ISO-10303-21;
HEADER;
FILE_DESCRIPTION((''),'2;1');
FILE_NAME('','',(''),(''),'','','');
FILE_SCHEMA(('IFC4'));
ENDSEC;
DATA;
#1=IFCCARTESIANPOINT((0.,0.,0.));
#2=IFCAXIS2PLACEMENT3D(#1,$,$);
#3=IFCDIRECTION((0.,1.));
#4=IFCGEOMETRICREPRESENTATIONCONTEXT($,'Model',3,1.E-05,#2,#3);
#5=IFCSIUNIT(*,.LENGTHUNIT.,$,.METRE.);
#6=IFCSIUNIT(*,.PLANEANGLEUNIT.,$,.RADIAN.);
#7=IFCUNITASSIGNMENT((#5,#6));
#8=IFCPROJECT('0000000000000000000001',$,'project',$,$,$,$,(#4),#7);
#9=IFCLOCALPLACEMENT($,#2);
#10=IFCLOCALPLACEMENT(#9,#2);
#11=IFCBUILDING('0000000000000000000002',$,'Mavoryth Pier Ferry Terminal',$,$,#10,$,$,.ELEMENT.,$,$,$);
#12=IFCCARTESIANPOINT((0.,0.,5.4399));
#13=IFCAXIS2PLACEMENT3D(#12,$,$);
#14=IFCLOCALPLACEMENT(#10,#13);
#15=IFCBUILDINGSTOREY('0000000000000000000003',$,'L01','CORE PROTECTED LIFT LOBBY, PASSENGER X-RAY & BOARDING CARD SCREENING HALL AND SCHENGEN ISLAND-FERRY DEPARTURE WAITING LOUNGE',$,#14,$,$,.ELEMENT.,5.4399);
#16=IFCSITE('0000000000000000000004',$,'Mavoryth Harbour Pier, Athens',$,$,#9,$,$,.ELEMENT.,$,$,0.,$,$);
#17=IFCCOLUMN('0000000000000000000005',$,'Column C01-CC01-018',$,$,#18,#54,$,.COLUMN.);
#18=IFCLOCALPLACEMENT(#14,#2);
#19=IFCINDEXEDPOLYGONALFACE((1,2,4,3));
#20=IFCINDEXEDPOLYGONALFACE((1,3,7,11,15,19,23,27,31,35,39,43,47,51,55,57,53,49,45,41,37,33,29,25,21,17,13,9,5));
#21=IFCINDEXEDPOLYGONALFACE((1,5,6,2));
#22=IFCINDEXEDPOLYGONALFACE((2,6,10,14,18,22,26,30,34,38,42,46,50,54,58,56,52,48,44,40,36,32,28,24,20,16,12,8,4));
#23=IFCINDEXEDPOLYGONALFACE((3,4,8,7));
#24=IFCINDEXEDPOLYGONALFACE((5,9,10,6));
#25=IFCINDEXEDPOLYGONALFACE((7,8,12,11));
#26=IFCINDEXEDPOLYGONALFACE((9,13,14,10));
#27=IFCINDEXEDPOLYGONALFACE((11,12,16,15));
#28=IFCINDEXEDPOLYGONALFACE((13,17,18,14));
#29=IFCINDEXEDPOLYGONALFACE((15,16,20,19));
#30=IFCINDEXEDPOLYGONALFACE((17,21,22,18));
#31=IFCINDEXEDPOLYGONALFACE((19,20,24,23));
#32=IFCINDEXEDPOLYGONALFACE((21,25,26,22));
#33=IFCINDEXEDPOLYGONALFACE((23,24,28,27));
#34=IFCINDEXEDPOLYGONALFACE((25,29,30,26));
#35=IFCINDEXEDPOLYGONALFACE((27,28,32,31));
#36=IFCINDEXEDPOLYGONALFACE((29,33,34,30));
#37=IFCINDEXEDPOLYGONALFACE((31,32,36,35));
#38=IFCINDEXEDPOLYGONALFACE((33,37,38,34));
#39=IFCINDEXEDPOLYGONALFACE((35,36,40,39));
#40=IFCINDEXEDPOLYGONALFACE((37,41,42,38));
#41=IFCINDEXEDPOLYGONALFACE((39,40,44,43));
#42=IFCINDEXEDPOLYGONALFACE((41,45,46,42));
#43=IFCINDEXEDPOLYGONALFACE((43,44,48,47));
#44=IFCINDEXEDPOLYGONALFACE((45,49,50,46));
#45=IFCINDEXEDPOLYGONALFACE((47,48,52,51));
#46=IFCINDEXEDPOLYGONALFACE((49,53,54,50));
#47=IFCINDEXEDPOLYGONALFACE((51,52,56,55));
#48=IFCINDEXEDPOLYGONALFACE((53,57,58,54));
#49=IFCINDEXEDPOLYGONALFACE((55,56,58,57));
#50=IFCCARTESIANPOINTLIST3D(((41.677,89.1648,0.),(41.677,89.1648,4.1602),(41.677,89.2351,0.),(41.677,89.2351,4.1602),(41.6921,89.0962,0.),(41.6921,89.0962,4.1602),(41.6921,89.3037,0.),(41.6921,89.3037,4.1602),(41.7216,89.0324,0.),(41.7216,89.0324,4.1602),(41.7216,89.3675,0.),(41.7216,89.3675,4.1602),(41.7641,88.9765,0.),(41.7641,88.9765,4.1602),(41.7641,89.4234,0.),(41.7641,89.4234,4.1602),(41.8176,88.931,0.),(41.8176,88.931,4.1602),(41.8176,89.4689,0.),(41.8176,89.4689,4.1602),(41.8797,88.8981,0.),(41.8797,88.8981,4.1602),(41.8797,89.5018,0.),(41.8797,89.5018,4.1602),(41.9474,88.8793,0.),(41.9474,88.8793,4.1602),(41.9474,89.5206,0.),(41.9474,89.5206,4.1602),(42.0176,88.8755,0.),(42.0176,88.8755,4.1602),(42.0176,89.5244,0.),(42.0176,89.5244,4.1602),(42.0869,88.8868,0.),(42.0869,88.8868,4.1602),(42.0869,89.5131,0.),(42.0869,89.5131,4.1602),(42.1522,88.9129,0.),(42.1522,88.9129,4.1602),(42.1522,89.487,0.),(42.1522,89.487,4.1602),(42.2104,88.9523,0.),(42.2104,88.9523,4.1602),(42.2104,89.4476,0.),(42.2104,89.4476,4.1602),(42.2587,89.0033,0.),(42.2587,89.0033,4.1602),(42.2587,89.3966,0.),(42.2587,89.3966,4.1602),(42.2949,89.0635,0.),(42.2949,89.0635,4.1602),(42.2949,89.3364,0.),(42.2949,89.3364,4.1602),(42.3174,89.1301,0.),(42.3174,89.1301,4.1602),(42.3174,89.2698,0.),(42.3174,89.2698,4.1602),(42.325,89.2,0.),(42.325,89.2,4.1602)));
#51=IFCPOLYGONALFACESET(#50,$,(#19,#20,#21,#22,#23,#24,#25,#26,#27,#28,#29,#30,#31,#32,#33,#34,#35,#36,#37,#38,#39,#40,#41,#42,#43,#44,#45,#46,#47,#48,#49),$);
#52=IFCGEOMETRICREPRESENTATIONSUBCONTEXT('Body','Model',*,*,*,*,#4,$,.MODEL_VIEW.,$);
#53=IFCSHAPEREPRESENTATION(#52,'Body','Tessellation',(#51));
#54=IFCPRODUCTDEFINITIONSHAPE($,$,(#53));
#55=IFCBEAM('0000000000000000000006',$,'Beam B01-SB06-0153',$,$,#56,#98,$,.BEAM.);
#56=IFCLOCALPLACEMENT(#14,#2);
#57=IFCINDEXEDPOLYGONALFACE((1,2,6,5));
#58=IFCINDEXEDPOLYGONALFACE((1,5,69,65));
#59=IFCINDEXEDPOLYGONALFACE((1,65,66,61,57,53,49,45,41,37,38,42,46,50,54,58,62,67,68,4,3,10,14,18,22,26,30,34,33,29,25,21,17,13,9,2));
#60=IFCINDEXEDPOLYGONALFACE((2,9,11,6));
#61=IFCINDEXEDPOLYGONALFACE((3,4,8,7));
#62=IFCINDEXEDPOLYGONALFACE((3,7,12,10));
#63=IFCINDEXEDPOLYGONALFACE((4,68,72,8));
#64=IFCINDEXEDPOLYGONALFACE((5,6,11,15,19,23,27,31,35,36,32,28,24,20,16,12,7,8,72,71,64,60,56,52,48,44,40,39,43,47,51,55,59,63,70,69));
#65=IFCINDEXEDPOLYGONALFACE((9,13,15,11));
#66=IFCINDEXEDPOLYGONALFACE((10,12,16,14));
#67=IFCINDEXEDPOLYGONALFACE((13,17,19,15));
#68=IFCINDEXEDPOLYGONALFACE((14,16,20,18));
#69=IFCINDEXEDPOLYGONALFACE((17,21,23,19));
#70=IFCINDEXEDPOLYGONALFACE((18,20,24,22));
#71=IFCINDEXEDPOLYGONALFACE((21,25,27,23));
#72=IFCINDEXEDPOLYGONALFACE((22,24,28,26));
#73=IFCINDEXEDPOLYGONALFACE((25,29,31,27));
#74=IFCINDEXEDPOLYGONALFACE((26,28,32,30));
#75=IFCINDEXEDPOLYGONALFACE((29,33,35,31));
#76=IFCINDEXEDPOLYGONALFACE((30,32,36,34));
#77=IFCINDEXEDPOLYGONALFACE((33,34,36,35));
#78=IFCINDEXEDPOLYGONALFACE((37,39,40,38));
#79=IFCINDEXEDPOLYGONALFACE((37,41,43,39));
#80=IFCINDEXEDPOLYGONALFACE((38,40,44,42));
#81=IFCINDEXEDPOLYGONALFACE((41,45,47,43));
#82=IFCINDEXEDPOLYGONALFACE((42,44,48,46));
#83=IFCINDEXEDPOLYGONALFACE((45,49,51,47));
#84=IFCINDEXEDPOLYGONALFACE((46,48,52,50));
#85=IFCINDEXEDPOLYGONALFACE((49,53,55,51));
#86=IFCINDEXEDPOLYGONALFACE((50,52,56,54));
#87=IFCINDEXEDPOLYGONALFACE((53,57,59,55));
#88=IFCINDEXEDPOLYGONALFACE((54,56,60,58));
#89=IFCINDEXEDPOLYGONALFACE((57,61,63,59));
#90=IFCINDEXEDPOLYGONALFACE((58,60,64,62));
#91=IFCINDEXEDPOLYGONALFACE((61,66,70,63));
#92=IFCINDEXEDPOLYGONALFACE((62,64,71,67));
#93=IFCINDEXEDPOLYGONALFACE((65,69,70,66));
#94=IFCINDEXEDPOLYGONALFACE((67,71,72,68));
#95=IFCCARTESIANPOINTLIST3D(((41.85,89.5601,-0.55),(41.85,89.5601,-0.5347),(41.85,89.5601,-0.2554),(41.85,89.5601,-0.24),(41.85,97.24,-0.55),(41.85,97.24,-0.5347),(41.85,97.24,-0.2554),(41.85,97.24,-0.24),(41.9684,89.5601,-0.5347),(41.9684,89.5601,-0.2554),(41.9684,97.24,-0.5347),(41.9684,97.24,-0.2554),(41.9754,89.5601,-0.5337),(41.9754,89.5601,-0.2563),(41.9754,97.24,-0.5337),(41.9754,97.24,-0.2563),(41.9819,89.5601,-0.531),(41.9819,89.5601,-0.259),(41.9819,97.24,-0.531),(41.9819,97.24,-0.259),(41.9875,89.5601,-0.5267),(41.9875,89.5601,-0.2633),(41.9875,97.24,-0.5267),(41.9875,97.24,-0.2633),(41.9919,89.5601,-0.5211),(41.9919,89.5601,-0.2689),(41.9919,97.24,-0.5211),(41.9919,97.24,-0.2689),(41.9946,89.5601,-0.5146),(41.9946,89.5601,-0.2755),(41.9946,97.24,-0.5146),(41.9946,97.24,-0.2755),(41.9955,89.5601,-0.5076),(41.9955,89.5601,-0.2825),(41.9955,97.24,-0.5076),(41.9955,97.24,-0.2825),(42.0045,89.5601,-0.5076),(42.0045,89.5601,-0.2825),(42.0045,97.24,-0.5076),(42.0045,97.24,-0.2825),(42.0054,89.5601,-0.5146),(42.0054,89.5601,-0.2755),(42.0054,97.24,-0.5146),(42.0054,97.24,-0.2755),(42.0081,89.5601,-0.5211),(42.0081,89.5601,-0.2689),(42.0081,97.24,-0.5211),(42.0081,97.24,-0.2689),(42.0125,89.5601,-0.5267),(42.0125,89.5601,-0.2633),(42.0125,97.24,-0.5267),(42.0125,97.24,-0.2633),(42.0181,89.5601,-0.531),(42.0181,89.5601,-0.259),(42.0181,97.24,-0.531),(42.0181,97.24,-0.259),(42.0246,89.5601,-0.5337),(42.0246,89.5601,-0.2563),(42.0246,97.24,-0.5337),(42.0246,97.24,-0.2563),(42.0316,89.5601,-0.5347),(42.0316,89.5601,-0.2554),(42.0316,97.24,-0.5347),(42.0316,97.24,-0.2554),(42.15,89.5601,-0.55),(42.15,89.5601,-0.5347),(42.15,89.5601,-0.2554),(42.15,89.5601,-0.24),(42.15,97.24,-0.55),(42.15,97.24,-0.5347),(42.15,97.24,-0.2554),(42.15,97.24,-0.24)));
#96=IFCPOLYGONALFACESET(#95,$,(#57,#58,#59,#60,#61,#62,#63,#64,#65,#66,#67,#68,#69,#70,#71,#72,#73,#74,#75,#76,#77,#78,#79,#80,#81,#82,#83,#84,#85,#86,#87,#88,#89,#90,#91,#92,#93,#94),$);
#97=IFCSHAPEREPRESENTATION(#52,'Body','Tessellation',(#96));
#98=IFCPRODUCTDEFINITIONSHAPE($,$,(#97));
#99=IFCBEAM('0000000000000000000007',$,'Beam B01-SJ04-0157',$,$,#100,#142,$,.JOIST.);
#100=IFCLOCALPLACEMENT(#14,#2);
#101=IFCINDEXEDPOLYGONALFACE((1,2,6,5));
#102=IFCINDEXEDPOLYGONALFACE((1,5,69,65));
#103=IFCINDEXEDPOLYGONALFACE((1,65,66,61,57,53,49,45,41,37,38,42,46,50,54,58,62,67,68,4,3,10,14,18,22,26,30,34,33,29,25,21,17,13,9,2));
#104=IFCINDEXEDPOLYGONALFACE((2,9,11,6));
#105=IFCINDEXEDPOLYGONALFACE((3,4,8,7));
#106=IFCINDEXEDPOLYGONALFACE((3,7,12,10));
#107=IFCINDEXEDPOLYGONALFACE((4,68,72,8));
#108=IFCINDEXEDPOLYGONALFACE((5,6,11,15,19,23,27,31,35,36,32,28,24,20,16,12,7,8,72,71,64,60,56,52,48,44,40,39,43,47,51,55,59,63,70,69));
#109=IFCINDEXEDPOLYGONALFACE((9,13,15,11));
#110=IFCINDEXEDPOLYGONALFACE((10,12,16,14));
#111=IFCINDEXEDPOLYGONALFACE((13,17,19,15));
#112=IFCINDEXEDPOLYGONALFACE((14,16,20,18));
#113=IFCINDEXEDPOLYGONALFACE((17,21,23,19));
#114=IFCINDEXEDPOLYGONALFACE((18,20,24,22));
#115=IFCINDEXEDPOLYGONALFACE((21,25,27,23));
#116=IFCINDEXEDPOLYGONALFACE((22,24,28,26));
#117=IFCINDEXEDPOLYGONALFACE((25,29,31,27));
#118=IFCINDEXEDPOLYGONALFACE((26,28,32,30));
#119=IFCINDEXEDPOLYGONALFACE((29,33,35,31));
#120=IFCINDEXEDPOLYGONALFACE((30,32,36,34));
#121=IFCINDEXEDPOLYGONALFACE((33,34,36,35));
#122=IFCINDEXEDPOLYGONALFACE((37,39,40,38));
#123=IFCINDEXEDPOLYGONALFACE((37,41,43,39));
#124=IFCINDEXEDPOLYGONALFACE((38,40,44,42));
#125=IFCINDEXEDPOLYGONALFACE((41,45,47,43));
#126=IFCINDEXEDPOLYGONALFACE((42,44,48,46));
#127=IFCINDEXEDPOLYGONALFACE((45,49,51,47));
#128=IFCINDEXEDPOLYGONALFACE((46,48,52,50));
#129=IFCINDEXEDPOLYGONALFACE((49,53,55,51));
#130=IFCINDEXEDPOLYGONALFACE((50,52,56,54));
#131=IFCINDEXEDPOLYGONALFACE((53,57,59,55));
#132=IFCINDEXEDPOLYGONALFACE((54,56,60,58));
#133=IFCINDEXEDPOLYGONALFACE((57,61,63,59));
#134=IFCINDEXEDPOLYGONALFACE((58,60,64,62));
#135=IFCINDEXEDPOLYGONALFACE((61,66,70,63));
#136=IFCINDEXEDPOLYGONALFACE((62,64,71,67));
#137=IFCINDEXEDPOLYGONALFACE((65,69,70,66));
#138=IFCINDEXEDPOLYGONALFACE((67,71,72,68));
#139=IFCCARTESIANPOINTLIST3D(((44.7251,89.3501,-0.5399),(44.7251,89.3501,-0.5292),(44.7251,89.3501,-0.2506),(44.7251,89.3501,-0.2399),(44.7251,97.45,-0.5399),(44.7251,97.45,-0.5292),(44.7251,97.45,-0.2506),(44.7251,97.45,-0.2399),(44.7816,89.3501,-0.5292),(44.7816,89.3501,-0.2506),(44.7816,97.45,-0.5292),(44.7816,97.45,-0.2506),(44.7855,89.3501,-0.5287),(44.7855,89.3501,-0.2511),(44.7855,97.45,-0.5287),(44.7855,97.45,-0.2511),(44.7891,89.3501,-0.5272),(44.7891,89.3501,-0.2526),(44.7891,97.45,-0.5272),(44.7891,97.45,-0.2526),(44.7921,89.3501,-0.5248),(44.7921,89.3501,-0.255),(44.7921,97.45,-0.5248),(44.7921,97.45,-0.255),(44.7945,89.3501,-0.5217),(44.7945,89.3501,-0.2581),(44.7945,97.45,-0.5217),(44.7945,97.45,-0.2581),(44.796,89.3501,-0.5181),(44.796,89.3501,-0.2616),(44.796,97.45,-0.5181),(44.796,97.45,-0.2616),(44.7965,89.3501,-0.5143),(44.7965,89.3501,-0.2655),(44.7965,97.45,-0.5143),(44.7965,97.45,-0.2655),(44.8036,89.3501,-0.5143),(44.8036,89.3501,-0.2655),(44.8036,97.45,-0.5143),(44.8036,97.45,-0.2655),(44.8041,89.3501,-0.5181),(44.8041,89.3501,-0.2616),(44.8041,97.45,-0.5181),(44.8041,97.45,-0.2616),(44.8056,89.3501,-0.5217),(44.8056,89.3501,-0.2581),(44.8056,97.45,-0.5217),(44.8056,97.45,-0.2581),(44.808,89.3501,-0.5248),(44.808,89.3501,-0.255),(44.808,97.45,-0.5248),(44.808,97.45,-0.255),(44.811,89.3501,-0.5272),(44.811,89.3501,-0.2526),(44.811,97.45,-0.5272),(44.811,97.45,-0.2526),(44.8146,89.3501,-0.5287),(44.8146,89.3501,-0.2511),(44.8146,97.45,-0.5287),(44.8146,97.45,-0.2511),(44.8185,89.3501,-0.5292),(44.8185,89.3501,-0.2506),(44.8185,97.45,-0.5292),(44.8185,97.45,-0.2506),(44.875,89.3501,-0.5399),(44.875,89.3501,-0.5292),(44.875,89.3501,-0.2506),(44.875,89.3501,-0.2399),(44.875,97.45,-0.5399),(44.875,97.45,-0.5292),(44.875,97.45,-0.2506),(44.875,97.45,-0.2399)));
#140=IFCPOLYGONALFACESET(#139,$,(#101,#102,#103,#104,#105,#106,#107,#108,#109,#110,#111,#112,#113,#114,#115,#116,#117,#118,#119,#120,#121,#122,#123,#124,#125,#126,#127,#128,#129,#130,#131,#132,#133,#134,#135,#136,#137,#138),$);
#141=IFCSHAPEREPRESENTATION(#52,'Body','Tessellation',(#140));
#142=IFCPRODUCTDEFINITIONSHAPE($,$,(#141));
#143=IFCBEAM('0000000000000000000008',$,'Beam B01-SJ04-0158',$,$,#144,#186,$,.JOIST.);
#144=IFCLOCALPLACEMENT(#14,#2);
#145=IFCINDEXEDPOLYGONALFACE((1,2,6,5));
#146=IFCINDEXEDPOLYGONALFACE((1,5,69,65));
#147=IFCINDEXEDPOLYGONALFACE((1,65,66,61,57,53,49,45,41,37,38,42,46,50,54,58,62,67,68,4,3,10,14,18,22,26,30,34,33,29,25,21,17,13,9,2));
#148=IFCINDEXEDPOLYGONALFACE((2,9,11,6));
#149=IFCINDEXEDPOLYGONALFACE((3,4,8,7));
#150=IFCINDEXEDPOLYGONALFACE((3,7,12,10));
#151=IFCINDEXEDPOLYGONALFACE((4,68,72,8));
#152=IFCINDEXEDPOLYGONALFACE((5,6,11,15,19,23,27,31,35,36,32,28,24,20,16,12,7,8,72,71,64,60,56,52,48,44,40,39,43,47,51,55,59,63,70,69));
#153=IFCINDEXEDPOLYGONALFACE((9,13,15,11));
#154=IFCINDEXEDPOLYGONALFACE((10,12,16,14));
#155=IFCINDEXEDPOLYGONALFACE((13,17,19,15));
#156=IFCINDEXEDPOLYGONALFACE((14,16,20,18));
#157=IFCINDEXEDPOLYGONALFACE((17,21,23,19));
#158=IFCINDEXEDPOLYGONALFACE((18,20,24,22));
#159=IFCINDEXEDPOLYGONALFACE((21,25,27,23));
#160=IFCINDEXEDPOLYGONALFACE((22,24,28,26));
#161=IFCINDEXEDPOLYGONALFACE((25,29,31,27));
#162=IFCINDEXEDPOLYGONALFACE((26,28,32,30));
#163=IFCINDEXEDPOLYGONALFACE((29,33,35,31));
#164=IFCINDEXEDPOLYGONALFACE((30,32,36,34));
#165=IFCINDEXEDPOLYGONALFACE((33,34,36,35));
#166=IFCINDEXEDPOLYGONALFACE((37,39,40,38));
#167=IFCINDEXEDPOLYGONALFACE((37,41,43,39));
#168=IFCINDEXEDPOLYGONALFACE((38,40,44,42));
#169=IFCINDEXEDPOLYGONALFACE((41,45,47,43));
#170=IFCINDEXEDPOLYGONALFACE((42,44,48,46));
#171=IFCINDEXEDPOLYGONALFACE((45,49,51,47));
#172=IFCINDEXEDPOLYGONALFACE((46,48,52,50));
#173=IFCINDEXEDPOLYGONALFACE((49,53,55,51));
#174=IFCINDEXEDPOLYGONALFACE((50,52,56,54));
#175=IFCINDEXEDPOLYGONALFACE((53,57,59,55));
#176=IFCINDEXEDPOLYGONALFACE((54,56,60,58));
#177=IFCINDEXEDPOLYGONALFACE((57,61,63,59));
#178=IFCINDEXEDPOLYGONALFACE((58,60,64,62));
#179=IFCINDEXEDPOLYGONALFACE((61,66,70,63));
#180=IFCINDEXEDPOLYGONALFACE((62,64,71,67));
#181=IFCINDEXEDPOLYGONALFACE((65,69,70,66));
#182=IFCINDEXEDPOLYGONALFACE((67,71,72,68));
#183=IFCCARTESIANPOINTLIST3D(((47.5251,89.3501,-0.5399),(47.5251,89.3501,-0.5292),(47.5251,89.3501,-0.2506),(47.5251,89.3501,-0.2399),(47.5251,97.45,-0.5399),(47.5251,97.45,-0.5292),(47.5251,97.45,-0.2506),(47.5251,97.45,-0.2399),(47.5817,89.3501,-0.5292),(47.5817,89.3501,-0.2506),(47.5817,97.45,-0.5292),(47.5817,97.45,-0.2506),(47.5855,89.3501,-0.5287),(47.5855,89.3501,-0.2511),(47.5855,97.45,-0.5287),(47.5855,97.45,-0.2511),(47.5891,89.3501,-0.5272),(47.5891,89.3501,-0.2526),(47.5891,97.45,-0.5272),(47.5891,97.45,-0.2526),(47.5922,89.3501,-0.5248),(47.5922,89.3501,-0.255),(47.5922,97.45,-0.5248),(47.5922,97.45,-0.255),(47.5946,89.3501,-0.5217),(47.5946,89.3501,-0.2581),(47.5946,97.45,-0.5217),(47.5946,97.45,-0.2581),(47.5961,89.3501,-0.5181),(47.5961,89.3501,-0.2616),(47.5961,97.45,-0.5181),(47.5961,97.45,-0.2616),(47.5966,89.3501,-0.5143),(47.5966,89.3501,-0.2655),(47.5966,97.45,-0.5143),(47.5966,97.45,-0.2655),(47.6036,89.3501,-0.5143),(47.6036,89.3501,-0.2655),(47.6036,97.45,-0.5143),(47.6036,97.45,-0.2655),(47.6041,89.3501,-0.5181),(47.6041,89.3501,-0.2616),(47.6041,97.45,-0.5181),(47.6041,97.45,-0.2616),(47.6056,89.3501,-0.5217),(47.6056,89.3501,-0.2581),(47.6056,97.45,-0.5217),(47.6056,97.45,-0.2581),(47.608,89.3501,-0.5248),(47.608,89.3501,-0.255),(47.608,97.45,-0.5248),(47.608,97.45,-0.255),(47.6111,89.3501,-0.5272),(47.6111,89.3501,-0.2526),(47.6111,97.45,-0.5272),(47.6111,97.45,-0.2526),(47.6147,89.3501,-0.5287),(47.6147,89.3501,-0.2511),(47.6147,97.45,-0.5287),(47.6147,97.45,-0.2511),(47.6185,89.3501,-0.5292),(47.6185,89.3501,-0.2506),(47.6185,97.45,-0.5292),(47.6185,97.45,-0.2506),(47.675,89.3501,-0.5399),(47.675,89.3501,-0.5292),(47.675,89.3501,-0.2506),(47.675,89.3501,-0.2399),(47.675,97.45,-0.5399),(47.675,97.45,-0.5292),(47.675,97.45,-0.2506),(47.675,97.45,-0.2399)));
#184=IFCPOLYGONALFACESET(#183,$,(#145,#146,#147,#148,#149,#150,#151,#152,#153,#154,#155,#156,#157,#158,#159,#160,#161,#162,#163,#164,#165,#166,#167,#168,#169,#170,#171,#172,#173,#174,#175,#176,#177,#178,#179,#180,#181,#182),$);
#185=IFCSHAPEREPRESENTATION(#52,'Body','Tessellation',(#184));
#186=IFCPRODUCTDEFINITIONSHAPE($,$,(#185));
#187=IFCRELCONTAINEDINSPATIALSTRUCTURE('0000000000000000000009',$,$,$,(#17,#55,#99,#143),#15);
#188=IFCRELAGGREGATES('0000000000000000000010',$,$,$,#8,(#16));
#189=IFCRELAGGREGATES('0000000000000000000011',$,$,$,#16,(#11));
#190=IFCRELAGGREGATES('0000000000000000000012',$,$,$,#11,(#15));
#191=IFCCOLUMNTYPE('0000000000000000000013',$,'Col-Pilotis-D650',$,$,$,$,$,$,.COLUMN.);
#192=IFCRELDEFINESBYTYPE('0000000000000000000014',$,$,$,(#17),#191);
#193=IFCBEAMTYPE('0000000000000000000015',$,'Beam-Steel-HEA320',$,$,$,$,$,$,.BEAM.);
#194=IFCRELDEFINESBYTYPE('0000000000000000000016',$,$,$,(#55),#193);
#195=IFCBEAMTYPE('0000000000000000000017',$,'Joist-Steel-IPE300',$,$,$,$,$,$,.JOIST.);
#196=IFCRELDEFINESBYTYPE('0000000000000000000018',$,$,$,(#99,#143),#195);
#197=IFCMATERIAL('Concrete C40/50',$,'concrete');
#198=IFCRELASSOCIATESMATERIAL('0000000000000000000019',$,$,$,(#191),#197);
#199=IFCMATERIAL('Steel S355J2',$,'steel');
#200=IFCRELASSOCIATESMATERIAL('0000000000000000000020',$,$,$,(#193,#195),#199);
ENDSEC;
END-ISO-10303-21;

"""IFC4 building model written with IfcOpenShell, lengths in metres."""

from ifc_helpers import new_model, si_unit, direction, frame, origin, origin_2d, place, context, subcontext, project, spatial, circle, i_section, extrude, material, material_profile, profile_set, type_object, element, save


model = new_model("IFC4")

# Units and contexts
model_context = context("Model", 3, precision=1e-05, world=origin(), true_north=direction((0.0, 1.0)))
body_context = subcontext(model_context, "Body", "Model", "MODEL_VIEW")
ifc_project = project(units=[si_unit("LENGTHUNIT", "METRE"), si_unit("PLANEANGLEUNIT", "RADIAN")], contexts=[model_context])

# Site, building, storey
site_placement = place(None, origin())
site = spatial("IfcSite", under=ifc_project, at=site_placement, Name="Mavoryth Harbour Pier, Athens", CompositionType="ELEMENT", RefElevation=0.0)
building_placement = place(site_placement, origin())
building = spatial("IfcBuilding", under=site, at=building_placement, Name="Mavoryth Pier Ferry Terminal", CompositionType="ELEMENT")
storey_placement = place(building_placement, frame((0.0, 0.0, 5.4399)))
storey = spatial("IfcBuildingStorey", under=building, at=storey_placement, Name="L01", Description="CORE PROTECTED LIFT LOBBY, PASSENGER X-RAY & BOARDING CARD SCREENING HALL AND SCHENGEN ISLAND-FERRY DEPARTURE WAITING LOUNGE", CompositionType="ELEMENT", Elevation=5.4399)

# Column
ifc_material_1 = material(Name="Concrete C40/50", Category="concrete")
ifc_material_profile_1 = material_profile(ifc_material_1, circle(Radius=0.325, at=origin_2d()), Name="RC D650", Category="concrete")
ifc_profile_set_1 = profile_set([ifc_material_profile_1], Name="Concrete C40/50 - RC D650")
column_type = type_object("IfcColumnType", Name="Col-Pilotis-D650", PredefinedType="COLUMN", material=ifc_profile_set_1)
column_placement = place(storey_placement, frame((42.0, 89.2, 0.0), z_axis=(0.0, 0.0, 1.0), x_axis=(1.0, 0.0, 0.0)))
element("IfcColumn", 1, at=column_placement, inside=storey, type_object=column_type, Name="Column C01-CC01-018", PredefinedType="COLUMN", context=body_context, shape_type="SweptSolid", body=[
    extrude(circle(Radius=0.325, at=origin_2d()), origin(), (0.0, 0.0, 1.0), 4.1602),
])

# Beams
ifc_material_2 = material(Name="Steel S355J2", Category="steel")
ifc_material_profile_2 = material_profile(ifc_material_2, i_section(OverallWidth=0.3, OverallDepth=0.3101, WebThickness=0.009, FlangeThickness=0.0154, FilletRadius=0.0271, at=origin_2d()), Name="HEA 320", Category="steel")
ifc_profile_set_2 = profile_set([ifc_material_profile_2], Name="Steel S355J2 - HEA 320")
beam_type_1 = type_object("IfcBeamType", Name="Beam-Steel-HEA320", PredefinedType="BEAM", material=ifc_profile_set_2)
beam_1_placement = place(storey_placement, frame((42.0, 89.5601, -0.395), z_axis=(0.0, 1.0, 0.0), x_axis=(-1.0, 0.0, 0.0)))
element("IfcBeam", 2, at=beam_1_placement, inside=storey, type_object=beam_type_1, Name="Beam B01-SB06-0153", PredefinedType="BEAM", context=body_context, shape_type="SweptSolid", body=[
    extrude(i_section(OverallWidth=0.3, OverallDepth=0.3101, WebThickness=0.009, FlangeThickness=0.0154, FilletRadius=0.0271, at=origin_2d()), origin(), (0.0, 0.0, 1.0), 7.6799),
])
ifc_material_profile_3 = material_profile(ifc_material_2, i_section(OverallWidth=0.1499, OverallDepth=0.3, WebThickness=0.0071, FlangeThickness=0.0107, FilletRadius=0.0149, at=origin_2d()), Name="IPE 300", Category="steel")
ifc_profile_set_3 = profile_set([ifc_material_profile_3], Name="Steel S355J2 - IPE 300")
beam_type_2 = type_object("IfcBeamType", Name="Joist-Steel-IPE300", PredefinedType="JOIST", material=ifc_profile_set_3)
for number, where, z_axis, x_axis, name in (
    (3, (44.8, 89.3501, -0.3899), (0.0, 1.0, 0.0), (-1.0, 0.0, 0.0), "Beam B01-SJ04-0157"),
    (4, (47.6001, 89.3501, -0.3899), (0.0, 1.0, 0.0), (-1.0, 0.0, 0.0), "Beam B01-SJ04-0158"),
):
    element("IfcBeam", number, at=place(storey_placement, frame(where, z_axis=z_axis, x_axis=x_axis)), inside=storey, type_object=beam_type_2, Name=name, PredefinedType="JOIST", context=body_context, shape_type="SweptSolid", body=[
        extrude(i_section(OverallWidth=0.1499, OverallDepth=0.3, WebThickness=0.0071, FlangeThickness=0.0107, FilletRadius=0.0149, at=origin_2d()), origin(), (0.0, 0.0, 1.0), 8.0999),
    ])

save(model, "model.ifc")
